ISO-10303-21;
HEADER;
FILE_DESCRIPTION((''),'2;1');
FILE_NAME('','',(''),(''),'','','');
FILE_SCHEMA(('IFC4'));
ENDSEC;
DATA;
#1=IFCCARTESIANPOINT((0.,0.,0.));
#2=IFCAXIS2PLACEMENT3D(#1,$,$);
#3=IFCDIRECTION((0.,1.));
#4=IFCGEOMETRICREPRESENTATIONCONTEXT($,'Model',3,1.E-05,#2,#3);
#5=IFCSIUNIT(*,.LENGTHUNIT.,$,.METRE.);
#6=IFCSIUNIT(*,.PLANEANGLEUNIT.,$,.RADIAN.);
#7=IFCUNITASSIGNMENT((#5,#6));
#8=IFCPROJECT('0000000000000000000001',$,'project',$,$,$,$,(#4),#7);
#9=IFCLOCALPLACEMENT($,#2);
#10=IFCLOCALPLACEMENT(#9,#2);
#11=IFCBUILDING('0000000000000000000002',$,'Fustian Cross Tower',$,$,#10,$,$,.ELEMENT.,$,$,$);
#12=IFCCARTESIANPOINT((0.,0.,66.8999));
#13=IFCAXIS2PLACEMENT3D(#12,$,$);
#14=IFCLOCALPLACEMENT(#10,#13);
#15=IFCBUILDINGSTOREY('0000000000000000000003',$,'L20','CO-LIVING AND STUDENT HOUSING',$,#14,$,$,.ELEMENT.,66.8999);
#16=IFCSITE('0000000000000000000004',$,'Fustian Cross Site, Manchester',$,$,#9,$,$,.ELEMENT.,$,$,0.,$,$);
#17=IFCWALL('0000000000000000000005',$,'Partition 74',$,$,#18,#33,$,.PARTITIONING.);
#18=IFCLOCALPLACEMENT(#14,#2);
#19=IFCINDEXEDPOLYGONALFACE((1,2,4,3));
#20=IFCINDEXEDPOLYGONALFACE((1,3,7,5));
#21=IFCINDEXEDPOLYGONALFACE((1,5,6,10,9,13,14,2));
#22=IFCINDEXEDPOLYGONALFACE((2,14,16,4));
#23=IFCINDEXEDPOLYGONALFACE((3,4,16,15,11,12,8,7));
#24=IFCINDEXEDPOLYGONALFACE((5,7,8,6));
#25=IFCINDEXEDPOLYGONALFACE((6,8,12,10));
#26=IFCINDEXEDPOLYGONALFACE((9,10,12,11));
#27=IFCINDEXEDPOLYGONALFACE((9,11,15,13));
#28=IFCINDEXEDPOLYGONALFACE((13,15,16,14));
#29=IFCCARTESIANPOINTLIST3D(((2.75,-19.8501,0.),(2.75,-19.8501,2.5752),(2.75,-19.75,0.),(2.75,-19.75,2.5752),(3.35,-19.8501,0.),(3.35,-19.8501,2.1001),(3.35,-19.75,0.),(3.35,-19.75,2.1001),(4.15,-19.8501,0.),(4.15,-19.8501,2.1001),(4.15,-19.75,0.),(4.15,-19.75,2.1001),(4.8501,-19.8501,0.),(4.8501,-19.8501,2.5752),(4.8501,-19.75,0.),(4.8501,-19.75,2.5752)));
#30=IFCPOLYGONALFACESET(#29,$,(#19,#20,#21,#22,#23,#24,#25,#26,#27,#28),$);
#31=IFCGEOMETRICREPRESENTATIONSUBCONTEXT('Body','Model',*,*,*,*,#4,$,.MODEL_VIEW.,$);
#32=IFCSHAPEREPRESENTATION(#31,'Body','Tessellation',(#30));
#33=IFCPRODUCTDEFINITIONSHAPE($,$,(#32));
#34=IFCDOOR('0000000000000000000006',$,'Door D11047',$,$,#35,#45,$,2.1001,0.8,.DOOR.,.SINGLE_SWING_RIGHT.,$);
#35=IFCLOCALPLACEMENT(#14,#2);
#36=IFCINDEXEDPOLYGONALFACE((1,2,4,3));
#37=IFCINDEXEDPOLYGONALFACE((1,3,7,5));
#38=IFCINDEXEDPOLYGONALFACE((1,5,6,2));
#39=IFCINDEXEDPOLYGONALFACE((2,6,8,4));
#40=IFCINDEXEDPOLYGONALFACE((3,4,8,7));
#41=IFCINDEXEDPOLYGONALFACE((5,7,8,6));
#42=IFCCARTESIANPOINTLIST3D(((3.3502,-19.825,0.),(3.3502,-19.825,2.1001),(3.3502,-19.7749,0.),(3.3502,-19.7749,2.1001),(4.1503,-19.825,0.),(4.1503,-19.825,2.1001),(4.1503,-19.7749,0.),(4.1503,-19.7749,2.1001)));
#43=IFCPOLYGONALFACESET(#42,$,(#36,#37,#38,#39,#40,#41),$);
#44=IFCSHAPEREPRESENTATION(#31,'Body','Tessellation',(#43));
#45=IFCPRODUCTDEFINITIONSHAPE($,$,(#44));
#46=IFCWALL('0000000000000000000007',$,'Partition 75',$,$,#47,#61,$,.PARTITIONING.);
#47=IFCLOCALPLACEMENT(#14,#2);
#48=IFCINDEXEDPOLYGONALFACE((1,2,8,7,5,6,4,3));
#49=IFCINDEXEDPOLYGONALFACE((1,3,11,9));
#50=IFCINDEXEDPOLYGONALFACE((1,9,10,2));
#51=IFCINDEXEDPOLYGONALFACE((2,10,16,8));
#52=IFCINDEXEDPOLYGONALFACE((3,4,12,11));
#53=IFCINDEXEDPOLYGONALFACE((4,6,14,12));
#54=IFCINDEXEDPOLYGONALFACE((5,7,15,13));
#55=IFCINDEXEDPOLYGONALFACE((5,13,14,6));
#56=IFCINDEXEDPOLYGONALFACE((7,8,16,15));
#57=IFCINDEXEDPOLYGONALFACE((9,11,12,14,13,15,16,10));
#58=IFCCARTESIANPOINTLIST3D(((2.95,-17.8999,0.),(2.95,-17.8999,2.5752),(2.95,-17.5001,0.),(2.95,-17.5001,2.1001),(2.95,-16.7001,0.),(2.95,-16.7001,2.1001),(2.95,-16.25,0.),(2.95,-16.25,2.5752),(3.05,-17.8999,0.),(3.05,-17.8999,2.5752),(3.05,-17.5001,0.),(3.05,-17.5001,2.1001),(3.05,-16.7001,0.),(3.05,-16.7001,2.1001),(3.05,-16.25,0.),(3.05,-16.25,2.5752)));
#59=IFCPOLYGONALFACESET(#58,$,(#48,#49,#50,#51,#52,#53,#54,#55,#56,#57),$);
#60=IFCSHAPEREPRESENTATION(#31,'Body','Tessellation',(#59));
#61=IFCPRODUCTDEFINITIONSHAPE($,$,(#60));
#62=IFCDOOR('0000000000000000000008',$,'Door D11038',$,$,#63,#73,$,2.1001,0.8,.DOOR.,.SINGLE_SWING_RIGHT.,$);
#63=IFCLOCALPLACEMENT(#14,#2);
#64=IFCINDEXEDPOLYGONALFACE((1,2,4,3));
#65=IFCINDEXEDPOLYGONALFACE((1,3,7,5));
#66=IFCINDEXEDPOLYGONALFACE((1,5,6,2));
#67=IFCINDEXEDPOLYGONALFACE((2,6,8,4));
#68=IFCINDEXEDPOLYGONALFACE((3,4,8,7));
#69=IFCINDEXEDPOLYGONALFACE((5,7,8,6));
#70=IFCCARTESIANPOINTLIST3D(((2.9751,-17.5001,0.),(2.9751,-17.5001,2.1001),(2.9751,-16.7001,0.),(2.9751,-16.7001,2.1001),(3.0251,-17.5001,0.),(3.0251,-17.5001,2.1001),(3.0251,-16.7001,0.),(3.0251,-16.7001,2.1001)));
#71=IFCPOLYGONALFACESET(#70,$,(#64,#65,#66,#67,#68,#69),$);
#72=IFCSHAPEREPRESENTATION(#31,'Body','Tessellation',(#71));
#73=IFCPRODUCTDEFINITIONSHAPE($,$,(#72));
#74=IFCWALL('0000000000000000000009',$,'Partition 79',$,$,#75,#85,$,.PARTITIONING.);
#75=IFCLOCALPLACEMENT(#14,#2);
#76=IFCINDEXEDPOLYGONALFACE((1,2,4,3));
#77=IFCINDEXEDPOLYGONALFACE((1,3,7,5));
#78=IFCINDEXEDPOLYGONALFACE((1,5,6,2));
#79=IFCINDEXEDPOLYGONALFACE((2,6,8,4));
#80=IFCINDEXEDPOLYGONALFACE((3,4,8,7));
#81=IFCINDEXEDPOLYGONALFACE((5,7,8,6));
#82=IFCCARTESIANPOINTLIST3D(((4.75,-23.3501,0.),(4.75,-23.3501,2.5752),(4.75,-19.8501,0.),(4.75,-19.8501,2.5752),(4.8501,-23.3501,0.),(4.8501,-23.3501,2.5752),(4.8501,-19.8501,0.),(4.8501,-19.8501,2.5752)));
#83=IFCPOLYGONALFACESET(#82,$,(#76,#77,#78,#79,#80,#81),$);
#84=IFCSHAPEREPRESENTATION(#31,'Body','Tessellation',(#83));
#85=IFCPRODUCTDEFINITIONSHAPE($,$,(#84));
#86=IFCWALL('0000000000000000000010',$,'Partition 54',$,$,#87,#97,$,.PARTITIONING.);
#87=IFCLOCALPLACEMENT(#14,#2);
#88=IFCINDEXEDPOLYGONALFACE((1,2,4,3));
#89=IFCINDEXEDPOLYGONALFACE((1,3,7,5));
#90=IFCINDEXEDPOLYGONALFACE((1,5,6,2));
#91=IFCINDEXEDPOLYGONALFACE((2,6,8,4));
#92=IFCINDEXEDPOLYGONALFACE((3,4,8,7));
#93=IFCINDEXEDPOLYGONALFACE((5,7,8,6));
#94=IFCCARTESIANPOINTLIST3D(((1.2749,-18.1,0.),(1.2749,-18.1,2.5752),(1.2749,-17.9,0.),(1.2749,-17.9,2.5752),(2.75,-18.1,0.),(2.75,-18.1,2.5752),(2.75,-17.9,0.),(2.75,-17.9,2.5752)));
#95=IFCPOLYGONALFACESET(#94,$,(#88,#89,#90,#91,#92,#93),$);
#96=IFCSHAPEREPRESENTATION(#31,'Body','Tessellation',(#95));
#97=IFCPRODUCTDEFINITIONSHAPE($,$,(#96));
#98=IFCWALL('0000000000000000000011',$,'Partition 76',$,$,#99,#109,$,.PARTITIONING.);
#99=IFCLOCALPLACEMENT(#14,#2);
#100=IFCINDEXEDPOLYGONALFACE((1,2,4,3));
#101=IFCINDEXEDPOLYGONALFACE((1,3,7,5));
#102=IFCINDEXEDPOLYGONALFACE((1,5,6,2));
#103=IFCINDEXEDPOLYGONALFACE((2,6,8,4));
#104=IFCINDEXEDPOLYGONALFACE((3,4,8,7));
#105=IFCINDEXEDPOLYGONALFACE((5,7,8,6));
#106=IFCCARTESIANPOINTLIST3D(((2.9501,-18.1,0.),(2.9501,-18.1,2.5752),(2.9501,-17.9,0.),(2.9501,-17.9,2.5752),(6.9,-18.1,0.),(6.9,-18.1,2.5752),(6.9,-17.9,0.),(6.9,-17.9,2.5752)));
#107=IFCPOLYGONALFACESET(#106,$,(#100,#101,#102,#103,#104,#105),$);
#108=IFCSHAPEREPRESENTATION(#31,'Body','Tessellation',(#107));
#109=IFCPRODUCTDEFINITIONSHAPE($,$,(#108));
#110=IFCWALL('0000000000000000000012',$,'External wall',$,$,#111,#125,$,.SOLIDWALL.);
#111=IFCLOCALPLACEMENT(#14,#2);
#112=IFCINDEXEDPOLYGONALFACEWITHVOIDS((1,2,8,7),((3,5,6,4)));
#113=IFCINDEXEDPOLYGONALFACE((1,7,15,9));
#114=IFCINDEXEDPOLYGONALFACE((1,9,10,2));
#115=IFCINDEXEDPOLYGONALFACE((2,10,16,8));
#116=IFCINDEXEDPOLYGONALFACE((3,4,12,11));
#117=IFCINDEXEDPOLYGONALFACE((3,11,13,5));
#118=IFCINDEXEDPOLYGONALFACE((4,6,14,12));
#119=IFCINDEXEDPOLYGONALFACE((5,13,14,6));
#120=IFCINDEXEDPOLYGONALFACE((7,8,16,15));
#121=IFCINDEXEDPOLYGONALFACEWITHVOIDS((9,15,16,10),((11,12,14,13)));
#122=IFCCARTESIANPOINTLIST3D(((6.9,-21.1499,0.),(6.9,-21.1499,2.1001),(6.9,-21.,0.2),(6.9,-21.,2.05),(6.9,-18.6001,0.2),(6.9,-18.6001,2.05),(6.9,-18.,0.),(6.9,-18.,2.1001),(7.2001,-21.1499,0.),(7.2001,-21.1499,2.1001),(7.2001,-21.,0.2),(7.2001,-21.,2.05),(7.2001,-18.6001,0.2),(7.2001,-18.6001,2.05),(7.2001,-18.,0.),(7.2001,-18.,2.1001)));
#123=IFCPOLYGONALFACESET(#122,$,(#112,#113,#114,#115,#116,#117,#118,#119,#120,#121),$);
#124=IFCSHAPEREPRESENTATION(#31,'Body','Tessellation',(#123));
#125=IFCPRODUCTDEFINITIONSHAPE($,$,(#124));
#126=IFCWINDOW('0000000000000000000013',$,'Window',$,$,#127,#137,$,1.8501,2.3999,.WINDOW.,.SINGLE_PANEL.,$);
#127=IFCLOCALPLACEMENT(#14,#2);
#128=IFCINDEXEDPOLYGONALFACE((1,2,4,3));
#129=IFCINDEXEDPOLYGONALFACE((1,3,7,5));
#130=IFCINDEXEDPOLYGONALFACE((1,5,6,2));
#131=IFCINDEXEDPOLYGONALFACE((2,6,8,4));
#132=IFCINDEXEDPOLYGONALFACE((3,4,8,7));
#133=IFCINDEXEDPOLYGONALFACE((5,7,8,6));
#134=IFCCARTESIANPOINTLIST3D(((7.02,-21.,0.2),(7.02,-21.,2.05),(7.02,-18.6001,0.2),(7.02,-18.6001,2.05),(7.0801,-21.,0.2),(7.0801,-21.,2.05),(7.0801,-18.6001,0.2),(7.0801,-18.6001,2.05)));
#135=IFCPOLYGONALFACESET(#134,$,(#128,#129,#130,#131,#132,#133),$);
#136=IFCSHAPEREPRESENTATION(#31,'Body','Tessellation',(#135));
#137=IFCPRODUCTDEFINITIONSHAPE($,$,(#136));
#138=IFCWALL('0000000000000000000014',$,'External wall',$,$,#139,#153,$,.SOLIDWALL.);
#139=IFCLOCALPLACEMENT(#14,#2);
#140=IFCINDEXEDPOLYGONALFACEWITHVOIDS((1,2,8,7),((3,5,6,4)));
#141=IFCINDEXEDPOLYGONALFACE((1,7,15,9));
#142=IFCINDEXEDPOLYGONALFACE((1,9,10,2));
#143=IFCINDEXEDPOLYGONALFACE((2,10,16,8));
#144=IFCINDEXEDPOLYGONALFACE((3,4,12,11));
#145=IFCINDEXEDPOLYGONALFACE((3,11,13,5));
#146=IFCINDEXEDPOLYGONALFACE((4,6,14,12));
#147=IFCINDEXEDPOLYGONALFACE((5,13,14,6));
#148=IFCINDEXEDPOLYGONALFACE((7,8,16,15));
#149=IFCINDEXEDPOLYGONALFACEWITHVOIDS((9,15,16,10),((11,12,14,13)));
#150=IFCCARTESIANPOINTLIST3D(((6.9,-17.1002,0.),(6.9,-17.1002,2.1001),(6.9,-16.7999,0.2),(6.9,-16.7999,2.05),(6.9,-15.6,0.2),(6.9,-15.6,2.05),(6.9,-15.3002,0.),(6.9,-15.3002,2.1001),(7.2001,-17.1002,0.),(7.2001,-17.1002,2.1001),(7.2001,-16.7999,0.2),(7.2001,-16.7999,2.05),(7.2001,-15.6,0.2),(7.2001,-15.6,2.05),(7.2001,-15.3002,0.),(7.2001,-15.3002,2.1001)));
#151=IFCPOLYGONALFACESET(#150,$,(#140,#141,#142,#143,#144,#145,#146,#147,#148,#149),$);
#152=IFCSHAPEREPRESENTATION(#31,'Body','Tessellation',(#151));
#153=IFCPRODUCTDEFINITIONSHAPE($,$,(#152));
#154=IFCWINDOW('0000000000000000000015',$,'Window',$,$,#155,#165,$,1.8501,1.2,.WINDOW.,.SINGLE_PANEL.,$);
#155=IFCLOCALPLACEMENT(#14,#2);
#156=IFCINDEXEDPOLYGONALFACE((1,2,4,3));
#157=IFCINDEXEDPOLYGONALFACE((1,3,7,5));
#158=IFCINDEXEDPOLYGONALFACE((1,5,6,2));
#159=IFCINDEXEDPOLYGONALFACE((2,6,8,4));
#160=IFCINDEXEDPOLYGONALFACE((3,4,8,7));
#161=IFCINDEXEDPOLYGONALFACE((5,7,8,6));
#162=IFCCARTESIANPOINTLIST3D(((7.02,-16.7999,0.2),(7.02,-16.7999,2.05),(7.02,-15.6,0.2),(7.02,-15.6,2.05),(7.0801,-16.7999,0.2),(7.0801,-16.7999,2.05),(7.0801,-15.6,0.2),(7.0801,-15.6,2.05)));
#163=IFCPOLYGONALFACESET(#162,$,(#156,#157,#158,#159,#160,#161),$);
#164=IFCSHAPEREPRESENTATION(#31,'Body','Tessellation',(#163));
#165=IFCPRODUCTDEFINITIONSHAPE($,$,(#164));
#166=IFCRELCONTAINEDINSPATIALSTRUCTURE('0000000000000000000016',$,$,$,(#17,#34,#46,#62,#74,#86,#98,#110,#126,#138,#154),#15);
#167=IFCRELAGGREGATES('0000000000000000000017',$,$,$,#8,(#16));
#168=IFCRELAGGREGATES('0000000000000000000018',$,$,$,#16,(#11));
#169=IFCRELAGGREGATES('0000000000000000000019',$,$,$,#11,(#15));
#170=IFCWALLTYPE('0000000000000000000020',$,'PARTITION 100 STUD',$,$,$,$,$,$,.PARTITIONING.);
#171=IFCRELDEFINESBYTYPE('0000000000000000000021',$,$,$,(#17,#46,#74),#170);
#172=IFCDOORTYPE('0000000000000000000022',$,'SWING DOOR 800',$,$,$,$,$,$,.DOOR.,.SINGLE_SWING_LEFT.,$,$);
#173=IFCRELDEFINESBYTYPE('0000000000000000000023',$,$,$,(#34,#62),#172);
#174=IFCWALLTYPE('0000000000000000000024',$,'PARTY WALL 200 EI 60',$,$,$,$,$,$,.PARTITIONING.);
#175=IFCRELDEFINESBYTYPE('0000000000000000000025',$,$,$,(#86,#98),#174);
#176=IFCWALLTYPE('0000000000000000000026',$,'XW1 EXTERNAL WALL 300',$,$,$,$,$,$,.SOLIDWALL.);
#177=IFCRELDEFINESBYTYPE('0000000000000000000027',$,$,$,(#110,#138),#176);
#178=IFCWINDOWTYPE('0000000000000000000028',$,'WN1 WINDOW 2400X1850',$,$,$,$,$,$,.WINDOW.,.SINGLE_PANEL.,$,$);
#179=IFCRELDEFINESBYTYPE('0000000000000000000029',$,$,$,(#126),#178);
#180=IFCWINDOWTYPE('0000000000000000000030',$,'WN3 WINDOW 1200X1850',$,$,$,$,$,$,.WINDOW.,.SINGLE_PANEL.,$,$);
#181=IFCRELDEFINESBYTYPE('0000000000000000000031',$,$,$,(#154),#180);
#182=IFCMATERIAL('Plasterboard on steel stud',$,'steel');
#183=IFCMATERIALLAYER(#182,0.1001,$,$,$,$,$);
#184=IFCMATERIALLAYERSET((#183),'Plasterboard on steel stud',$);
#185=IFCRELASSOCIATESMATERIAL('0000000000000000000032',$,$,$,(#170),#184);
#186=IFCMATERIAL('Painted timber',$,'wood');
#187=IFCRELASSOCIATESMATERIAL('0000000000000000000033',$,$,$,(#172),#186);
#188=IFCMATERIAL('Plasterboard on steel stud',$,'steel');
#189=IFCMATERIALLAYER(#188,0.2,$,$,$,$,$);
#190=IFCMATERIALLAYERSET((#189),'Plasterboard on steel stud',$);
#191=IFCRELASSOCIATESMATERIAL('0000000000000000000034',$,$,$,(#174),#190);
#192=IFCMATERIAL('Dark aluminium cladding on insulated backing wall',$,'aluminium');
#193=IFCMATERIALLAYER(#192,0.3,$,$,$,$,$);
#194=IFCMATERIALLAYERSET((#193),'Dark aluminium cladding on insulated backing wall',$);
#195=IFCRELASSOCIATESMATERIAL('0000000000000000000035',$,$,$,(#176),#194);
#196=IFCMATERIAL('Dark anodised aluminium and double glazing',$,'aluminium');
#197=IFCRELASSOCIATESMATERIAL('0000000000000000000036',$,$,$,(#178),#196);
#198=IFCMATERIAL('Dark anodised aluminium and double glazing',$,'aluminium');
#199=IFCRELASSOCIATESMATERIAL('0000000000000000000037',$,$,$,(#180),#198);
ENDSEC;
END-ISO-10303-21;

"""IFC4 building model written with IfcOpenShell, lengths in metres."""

from ifc_helpers import new_model, si_unit, direction, frame, frame_2d, origin, place, context, subcontext, project, spatial, rectangle, extrude, material, layer, layer_set, type_object, element, fill, save


model = new_model("IFC4")

# Units and contexts
model_context = context("Model", 3, precision=1e-05, world=origin(), true_north=direction((0.0, 1.0)))
body_context = subcontext(model_context, "Body", "Model", "MODEL_VIEW")
ifc_project = project(units=[si_unit("LENGTHUNIT", "METRE"), si_unit("PLANEANGLEUNIT", "RADIAN")], contexts=[model_context])

# Site, building, storey
site_placement = place(None, origin())
site = spatial("IfcSite", under=ifc_project, at=site_placement, Name="Fustian Cross Site, Manchester", CompositionType="ELEMENT", RefElevation=0.0)
building_placement = place(site_placement, origin())
building = spatial("IfcBuilding", under=site, at=building_placement, Name="Fustian Cross Tower", CompositionType="ELEMENT")
storey_placement = place(building_placement, frame((0.0, 0.0, 66.8999)))
storey = spatial("IfcBuildingStorey", under=building, at=storey_placement, Name="L20", Description="CO-LIVING AND STUDENT HOUSING", CompositionType="ELEMENT", Elevation=66.8999)

# Shared definitions
ifc_material_1 = material(Name="Plasterboard on steel stud", Category="steel")
ifc_layer_1 = layer(ifc_material_1, 0.1001)
ifc_layer_set_1 = layer_set([ifc_layer_1], Name="Plasterboard on steel stud")
wall_type_1 = type_object("IfcWallType", Name="PARTITION 100 STUD", PredefinedType="PARTITIONING", material=ifc_layer_set_1)

# Shared definitions
ifc_material_2 = material(Name="Painted timber", Category="wood")
door_type = type_object("IfcDoorType", Name="SWING DOOR 800", OperationType="SINGLE_SWING_LEFT", PredefinedType="DOOR", material=ifc_material_2)

# Walls, openings, doors
wall_1_placement = place(storey_placement, frame((2.75, -19.8, 0.0), z_axis=(0.0, 0.0, 1.0), x_axis=(1.0, 0.0, 0.0)))
wall_1 = element("IfcWall", 1, at=wall_1_placement, inside=storey, type_object=wall_type_1, Name="Partition 74", PredefinedType="PARTITIONING", context=body_context, shape_type="SweptSolid", body=[
    extrude(rectangle(XDim=2.1001, YDim=0.1001, at=frame_2d((1.05, 0.0))), origin(), (0.0, 0.0, 1.0), 2.5752),
])
opening_1_placement = place(wall_1_placement, frame((0.6001, 0.0, 0.0)))
opening_1 = element("IfcOpeningElement", 2, at=opening_1_placement, cuts=wall_1, PredefinedType="OPENING", context=body_context, shape_type="SweptSolid", body=[
    extrude(rectangle(XDim=0.8, YDim=2.1001, at=frame_2d((0.3999, 1.05))), frame((0.0, 0.0601, 0.0), z_axis=(0.0, -1.0, 0.0), x_axis=(1.0, 0.0, 0.0)), (0.0, 0.0, 1.0), 0.1201),
])
door_1_placement = place(opening_1_placement, frame((0.8, 0.0, 0.0), z_axis=(0.0, 0.0, 1.0), x_axis=(-1.0, 0.0, 0.0)))
door_1 = element("IfcDoor", 3, at=door_1_placement, inside=storey, type_object=door_type, Name="Door D11047", OperationType="SINGLE_SWING_RIGHT", OverallHeight=2.1001, OverallWidth=0.8, PredefinedType="DOOR", context=body_context, shape_type="SweptSolid", body=[
    extrude(rectangle(XDim=0.8, YDim=2.1001, at=frame_2d((0.3999, 1.05))), frame((0.0, 0.0249, 0.0), z_axis=(0.0, -1.0, 0.0), x_axis=(1.0, 0.0, 0.0)), (0.0, 0.0, 1.0), 0.05),
])
fill(opening_1, door_1)
wall_2_placement = place(storey_placement, frame((3.0, -17.8999, 0.0), z_axis=(0.0, 0.0, 1.0), x_axis=(0.0, 1.0, 0.0)))
wall_2 = element("IfcWall", 4, at=wall_2_placement, inside=storey, type_object=wall_type_1, Name="Partition 75", PredefinedType="PARTITIONING", context=body_context, shape_type="SweptSolid", body=[
    extrude(rectangle(XDim=1.6499, YDim=0.1001, at=frame_2d((0.825, 0.0))), origin(), (0.0, 0.0, 1.0), 2.5752),
])
opening_2_placement = place(wall_2_placement, frame((0.3999, 0.0, 0.0)))
opening_2 = element("IfcOpeningElement", 5, at=opening_2_placement, cuts=wall_2, PredefinedType="OPENING", context=body_context, shape_type="SweptSolid", body=[
    extrude(rectangle(XDim=0.8, YDim=2.1001, at=frame_2d((0.3999, 1.05))), frame((0.0, 0.0601, 0.0), z_axis=(0.0, -1.0, 0.0), x_axis=(1.0, 0.0, 0.0)), (0.0, 0.0, 1.0), 0.1201),
])
door_2_placement = place(opening_2_placement, origin())
door_2 = element("IfcDoor", 6, at=door_2_placement, inside=storey, type_object=door_type, Name="Door D11038", OperationType="SINGLE_SWING_RIGHT", OverallHeight=2.1001, OverallWidth=0.8, PredefinedType="DOOR", context=body_context, shape_type="SweptSolid", body=[
    extrude(rectangle(XDim=0.8, YDim=2.1001, at=frame_2d((0.3999, 1.05))), frame((0.0, 0.0249, 0.0), z_axis=(0.0, -1.0, 0.0), x_axis=(1.0, 0.0, 0.0)), (0.0, 0.0, 1.0), 0.05),
])
fill(opening_2, door_2)

# Walls
wall_3_placement = place(storey_placement, frame((4.8, -23.3501, 0.0), z_axis=(0.0, 0.0, 1.0), x_axis=(0.0, 1.0, 0.0)))
element("IfcWall", 7, at=wall_3_placement, inside=storey, type_object=wall_type_1, Name="Partition 79", PredefinedType="PARTITIONING", context=body_context, shape_type="SweptSolid", body=[
    extrude(rectangle(XDim=3.5, YDim=0.1001, at=frame_2d((1.75, 0.0))), origin(), (0.0, 0.0, 1.0), 2.5752),
])
ifc_material_3 = material(Name="Plasterboard on steel stud", Category="steel")
ifc_layer_2 = layer(ifc_material_3, 0.2)
ifc_layer_set_2 = layer_set([ifc_layer_2], Name="Plasterboard on steel stud")
wall_type_2 = type_object("IfcWallType", Name="PARTY WALL 200 EI 60", PredefinedType="PARTITIONING", material=ifc_layer_set_2)
wall_4_placement = place(storey_placement, frame((1.2749, -18.0, 0.0), z_axis=(0.0, 0.0, 1.0), x_axis=(1.0, 0.0, 0.0)))
element("IfcWall", 8, at=wall_4_placement, inside=storey, type_object=wall_type_2, Name="Partition 54", PredefinedType="PARTITIONING", context=body_context, shape_type="SweptSolid", body=[
    extrude(rectangle(XDim=1.4751, YDim=0.2, at=frame_2d((0.7375, 0.0))), origin(), (0.0, 0.0, 1.0), 2.5752),
])
wall_5_placement = place(storey_placement, frame((2.95, -18.0, 0.0), z_axis=(0.0, 0.0, 1.0), x_axis=(1.0, 0.0, 0.0)))
element("IfcWall", 9, at=wall_5_placement, inside=storey, type_object=wall_type_2, Name="Partition 76", PredefinedType="PARTITIONING", context=body_context, shape_type="SweptSolid", body=[
    extrude(rectangle(XDim=3.95, YDim=0.2, at=frame_2d((1.9751, 0.0))), origin(), (0.0, 0.0, 1.0), 2.5752),
])

# Walls, openings, windows
ifc_material_4 = material(Name="Dark aluminium cladding on insulated backing wall", Category="aluminium")
ifc_layer_3 = layer(ifc_material_4, 0.3)
ifc_layer_set_3 = layer_set([ifc_layer_3], Name="Dark aluminium cladding on insulated backing wall")
wall_type_3 = type_object("IfcWallType", Name="XW1 EXTERNAL WALL 300", PredefinedType="SOLIDWALL", material=ifc_layer_set_3)
wall_6_placement = place(storey_placement, frame((7.05, -21.1499, 0.0), z_axis=(0.0, 0.0, 1.0), x_axis=(0.0, 1.0, 0.0)))
wall_6 = element("IfcWall", 10, at=wall_6_placement, inside=storey, type_object=wall_type_3, Name="External wall", PredefinedType="SOLIDWALL", context=body_context, shape_type="SweptSolid", body=[
    extrude(rectangle(XDim=3.1499, YDim=0.3, at=frame_2d((1.575, 0.0))), origin(), (0.0, 0.0, 1.0), 2.1001),
])
opening_3_placement = place(wall_6_placement, frame((0.1499, 0.0, 0.2)))
opening_3 = element("IfcOpeningElement", 11, at=opening_3_placement, cuts=wall_6, PredefinedType="OPENING", context=body_context, shape_type="SweptSolid", body=[
    extrude(rectangle(XDim=2.3999, YDim=1.8501, at=frame_2d((1.2, 0.925))), frame((0.0, 0.1599, 0.0), z_axis=(0.0, -1.0, 0.0), x_axis=(1.0, 0.0, 0.0)), (0.0, 0.0, 1.0), 0.3201),
])
ifc_material_5 = material(Name="Dark anodised aluminium and double glazing", Category="aluminium")
window_type_1 = type_object("IfcWindowType", Name="WN1 WINDOW 2400X1850", PartitioningType="SINGLE_PANEL", PredefinedType="WINDOW", material=ifc_material_5)
window_1_placement = place(opening_3_placement, origin())
window_1 = element("IfcWindow", 12, at=window_1_placement, inside=storey, type_object=window_type_1, Name="Window", OverallHeight=1.8501, OverallWidth=2.3999, PartitioningType="SINGLE_PANEL", PredefinedType="WINDOW", context=body_context, shape_type="SweptSolid", body=[
    extrude(rectangle(XDim=2.3999, YDim=1.8501, at=frame_2d((1.2, 0.925))), frame((0.0, 0.03, 0.0), z_axis=(0.0, -1.0, 0.0), x_axis=(1.0, 0.0, 0.0)), (0.0, 0.0, 1.0), 0.0601),
])
fill(opening_3, window_1)
wall_7_placement = place(storey_placement, frame((7.05, -17.1001, 0.0), z_axis=(0.0, 0.0, 1.0), x_axis=(0.0, 1.0, 0.0)))
wall_7 = element("IfcWall", 13, at=wall_7_placement, inside=storey, type_object=wall_type_3, Name="External wall", PredefinedType="SOLIDWALL", context=body_context, shape_type="SweptSolid", body=[
    extrude(rectangle(XDim=1.8, YDim=0.3, at=frame_2d((0.8999, 0.0))), origin(), (0.0, 0.0, 1.0), 2.1001),
])
opening_4_placement = place(wall_7_placement, frame((0.3, 0.0, 0.2)))
opening_4 = element("IfcOpeningElement", 14, at=opening_4_placement, cuts=wall_7, PredefinedType="OPENING", context=body_context, shape_type="SweptSolid", body=[
    extrude(rectangle(XDim=1.2, YDim=1.8501, at=frame_2d((0.6001, 0.925))), frame((0.0, 0.1599, 0.0), z_axis=(0.0, -1.0, 0.0), x_axis=(1.0, 0.0, 0.0)), (0.0, 0.0, 1.0), 0.3201),
])
ifc_material_6 = material(Name="Dark anodised aluminium and double glazing", Category="aluminium")
window_type_2 = type_object("IfcWindowType", Name="WN3 WINDOW 1200X1850", PartitioningType="SINGLE_PANEL", PredefinedType="WINDOW", material=ifc_material_6)
window_2_placement = place(opening_4_placement, origin())
window_2 = element("IfcWindow", 15, at=window_2_placement, inside=storey, type_object=window_type_2, Name="Window", OverallHeight=1.8501, OverallWidth=1.2, PartitioningType="SINGLE_PANEL", PredefinedType="WINDOW", context=body_context, shape_type="SweptSolid", body=[
    extrude(rectangle(XDim=1.2, YDim=1.8501, at=frame_2d((0.6001, 0.925))), frame((0.0, 0.03, 0.0), z_axis=(0.0, -1.0, 0.0), x_axis=(1.0, 0.0, 0.0)), (0.0, 0.0, 1.0), 0.0601),
])
fill(opening_4, window_2)

save(model, "model.ifc")
